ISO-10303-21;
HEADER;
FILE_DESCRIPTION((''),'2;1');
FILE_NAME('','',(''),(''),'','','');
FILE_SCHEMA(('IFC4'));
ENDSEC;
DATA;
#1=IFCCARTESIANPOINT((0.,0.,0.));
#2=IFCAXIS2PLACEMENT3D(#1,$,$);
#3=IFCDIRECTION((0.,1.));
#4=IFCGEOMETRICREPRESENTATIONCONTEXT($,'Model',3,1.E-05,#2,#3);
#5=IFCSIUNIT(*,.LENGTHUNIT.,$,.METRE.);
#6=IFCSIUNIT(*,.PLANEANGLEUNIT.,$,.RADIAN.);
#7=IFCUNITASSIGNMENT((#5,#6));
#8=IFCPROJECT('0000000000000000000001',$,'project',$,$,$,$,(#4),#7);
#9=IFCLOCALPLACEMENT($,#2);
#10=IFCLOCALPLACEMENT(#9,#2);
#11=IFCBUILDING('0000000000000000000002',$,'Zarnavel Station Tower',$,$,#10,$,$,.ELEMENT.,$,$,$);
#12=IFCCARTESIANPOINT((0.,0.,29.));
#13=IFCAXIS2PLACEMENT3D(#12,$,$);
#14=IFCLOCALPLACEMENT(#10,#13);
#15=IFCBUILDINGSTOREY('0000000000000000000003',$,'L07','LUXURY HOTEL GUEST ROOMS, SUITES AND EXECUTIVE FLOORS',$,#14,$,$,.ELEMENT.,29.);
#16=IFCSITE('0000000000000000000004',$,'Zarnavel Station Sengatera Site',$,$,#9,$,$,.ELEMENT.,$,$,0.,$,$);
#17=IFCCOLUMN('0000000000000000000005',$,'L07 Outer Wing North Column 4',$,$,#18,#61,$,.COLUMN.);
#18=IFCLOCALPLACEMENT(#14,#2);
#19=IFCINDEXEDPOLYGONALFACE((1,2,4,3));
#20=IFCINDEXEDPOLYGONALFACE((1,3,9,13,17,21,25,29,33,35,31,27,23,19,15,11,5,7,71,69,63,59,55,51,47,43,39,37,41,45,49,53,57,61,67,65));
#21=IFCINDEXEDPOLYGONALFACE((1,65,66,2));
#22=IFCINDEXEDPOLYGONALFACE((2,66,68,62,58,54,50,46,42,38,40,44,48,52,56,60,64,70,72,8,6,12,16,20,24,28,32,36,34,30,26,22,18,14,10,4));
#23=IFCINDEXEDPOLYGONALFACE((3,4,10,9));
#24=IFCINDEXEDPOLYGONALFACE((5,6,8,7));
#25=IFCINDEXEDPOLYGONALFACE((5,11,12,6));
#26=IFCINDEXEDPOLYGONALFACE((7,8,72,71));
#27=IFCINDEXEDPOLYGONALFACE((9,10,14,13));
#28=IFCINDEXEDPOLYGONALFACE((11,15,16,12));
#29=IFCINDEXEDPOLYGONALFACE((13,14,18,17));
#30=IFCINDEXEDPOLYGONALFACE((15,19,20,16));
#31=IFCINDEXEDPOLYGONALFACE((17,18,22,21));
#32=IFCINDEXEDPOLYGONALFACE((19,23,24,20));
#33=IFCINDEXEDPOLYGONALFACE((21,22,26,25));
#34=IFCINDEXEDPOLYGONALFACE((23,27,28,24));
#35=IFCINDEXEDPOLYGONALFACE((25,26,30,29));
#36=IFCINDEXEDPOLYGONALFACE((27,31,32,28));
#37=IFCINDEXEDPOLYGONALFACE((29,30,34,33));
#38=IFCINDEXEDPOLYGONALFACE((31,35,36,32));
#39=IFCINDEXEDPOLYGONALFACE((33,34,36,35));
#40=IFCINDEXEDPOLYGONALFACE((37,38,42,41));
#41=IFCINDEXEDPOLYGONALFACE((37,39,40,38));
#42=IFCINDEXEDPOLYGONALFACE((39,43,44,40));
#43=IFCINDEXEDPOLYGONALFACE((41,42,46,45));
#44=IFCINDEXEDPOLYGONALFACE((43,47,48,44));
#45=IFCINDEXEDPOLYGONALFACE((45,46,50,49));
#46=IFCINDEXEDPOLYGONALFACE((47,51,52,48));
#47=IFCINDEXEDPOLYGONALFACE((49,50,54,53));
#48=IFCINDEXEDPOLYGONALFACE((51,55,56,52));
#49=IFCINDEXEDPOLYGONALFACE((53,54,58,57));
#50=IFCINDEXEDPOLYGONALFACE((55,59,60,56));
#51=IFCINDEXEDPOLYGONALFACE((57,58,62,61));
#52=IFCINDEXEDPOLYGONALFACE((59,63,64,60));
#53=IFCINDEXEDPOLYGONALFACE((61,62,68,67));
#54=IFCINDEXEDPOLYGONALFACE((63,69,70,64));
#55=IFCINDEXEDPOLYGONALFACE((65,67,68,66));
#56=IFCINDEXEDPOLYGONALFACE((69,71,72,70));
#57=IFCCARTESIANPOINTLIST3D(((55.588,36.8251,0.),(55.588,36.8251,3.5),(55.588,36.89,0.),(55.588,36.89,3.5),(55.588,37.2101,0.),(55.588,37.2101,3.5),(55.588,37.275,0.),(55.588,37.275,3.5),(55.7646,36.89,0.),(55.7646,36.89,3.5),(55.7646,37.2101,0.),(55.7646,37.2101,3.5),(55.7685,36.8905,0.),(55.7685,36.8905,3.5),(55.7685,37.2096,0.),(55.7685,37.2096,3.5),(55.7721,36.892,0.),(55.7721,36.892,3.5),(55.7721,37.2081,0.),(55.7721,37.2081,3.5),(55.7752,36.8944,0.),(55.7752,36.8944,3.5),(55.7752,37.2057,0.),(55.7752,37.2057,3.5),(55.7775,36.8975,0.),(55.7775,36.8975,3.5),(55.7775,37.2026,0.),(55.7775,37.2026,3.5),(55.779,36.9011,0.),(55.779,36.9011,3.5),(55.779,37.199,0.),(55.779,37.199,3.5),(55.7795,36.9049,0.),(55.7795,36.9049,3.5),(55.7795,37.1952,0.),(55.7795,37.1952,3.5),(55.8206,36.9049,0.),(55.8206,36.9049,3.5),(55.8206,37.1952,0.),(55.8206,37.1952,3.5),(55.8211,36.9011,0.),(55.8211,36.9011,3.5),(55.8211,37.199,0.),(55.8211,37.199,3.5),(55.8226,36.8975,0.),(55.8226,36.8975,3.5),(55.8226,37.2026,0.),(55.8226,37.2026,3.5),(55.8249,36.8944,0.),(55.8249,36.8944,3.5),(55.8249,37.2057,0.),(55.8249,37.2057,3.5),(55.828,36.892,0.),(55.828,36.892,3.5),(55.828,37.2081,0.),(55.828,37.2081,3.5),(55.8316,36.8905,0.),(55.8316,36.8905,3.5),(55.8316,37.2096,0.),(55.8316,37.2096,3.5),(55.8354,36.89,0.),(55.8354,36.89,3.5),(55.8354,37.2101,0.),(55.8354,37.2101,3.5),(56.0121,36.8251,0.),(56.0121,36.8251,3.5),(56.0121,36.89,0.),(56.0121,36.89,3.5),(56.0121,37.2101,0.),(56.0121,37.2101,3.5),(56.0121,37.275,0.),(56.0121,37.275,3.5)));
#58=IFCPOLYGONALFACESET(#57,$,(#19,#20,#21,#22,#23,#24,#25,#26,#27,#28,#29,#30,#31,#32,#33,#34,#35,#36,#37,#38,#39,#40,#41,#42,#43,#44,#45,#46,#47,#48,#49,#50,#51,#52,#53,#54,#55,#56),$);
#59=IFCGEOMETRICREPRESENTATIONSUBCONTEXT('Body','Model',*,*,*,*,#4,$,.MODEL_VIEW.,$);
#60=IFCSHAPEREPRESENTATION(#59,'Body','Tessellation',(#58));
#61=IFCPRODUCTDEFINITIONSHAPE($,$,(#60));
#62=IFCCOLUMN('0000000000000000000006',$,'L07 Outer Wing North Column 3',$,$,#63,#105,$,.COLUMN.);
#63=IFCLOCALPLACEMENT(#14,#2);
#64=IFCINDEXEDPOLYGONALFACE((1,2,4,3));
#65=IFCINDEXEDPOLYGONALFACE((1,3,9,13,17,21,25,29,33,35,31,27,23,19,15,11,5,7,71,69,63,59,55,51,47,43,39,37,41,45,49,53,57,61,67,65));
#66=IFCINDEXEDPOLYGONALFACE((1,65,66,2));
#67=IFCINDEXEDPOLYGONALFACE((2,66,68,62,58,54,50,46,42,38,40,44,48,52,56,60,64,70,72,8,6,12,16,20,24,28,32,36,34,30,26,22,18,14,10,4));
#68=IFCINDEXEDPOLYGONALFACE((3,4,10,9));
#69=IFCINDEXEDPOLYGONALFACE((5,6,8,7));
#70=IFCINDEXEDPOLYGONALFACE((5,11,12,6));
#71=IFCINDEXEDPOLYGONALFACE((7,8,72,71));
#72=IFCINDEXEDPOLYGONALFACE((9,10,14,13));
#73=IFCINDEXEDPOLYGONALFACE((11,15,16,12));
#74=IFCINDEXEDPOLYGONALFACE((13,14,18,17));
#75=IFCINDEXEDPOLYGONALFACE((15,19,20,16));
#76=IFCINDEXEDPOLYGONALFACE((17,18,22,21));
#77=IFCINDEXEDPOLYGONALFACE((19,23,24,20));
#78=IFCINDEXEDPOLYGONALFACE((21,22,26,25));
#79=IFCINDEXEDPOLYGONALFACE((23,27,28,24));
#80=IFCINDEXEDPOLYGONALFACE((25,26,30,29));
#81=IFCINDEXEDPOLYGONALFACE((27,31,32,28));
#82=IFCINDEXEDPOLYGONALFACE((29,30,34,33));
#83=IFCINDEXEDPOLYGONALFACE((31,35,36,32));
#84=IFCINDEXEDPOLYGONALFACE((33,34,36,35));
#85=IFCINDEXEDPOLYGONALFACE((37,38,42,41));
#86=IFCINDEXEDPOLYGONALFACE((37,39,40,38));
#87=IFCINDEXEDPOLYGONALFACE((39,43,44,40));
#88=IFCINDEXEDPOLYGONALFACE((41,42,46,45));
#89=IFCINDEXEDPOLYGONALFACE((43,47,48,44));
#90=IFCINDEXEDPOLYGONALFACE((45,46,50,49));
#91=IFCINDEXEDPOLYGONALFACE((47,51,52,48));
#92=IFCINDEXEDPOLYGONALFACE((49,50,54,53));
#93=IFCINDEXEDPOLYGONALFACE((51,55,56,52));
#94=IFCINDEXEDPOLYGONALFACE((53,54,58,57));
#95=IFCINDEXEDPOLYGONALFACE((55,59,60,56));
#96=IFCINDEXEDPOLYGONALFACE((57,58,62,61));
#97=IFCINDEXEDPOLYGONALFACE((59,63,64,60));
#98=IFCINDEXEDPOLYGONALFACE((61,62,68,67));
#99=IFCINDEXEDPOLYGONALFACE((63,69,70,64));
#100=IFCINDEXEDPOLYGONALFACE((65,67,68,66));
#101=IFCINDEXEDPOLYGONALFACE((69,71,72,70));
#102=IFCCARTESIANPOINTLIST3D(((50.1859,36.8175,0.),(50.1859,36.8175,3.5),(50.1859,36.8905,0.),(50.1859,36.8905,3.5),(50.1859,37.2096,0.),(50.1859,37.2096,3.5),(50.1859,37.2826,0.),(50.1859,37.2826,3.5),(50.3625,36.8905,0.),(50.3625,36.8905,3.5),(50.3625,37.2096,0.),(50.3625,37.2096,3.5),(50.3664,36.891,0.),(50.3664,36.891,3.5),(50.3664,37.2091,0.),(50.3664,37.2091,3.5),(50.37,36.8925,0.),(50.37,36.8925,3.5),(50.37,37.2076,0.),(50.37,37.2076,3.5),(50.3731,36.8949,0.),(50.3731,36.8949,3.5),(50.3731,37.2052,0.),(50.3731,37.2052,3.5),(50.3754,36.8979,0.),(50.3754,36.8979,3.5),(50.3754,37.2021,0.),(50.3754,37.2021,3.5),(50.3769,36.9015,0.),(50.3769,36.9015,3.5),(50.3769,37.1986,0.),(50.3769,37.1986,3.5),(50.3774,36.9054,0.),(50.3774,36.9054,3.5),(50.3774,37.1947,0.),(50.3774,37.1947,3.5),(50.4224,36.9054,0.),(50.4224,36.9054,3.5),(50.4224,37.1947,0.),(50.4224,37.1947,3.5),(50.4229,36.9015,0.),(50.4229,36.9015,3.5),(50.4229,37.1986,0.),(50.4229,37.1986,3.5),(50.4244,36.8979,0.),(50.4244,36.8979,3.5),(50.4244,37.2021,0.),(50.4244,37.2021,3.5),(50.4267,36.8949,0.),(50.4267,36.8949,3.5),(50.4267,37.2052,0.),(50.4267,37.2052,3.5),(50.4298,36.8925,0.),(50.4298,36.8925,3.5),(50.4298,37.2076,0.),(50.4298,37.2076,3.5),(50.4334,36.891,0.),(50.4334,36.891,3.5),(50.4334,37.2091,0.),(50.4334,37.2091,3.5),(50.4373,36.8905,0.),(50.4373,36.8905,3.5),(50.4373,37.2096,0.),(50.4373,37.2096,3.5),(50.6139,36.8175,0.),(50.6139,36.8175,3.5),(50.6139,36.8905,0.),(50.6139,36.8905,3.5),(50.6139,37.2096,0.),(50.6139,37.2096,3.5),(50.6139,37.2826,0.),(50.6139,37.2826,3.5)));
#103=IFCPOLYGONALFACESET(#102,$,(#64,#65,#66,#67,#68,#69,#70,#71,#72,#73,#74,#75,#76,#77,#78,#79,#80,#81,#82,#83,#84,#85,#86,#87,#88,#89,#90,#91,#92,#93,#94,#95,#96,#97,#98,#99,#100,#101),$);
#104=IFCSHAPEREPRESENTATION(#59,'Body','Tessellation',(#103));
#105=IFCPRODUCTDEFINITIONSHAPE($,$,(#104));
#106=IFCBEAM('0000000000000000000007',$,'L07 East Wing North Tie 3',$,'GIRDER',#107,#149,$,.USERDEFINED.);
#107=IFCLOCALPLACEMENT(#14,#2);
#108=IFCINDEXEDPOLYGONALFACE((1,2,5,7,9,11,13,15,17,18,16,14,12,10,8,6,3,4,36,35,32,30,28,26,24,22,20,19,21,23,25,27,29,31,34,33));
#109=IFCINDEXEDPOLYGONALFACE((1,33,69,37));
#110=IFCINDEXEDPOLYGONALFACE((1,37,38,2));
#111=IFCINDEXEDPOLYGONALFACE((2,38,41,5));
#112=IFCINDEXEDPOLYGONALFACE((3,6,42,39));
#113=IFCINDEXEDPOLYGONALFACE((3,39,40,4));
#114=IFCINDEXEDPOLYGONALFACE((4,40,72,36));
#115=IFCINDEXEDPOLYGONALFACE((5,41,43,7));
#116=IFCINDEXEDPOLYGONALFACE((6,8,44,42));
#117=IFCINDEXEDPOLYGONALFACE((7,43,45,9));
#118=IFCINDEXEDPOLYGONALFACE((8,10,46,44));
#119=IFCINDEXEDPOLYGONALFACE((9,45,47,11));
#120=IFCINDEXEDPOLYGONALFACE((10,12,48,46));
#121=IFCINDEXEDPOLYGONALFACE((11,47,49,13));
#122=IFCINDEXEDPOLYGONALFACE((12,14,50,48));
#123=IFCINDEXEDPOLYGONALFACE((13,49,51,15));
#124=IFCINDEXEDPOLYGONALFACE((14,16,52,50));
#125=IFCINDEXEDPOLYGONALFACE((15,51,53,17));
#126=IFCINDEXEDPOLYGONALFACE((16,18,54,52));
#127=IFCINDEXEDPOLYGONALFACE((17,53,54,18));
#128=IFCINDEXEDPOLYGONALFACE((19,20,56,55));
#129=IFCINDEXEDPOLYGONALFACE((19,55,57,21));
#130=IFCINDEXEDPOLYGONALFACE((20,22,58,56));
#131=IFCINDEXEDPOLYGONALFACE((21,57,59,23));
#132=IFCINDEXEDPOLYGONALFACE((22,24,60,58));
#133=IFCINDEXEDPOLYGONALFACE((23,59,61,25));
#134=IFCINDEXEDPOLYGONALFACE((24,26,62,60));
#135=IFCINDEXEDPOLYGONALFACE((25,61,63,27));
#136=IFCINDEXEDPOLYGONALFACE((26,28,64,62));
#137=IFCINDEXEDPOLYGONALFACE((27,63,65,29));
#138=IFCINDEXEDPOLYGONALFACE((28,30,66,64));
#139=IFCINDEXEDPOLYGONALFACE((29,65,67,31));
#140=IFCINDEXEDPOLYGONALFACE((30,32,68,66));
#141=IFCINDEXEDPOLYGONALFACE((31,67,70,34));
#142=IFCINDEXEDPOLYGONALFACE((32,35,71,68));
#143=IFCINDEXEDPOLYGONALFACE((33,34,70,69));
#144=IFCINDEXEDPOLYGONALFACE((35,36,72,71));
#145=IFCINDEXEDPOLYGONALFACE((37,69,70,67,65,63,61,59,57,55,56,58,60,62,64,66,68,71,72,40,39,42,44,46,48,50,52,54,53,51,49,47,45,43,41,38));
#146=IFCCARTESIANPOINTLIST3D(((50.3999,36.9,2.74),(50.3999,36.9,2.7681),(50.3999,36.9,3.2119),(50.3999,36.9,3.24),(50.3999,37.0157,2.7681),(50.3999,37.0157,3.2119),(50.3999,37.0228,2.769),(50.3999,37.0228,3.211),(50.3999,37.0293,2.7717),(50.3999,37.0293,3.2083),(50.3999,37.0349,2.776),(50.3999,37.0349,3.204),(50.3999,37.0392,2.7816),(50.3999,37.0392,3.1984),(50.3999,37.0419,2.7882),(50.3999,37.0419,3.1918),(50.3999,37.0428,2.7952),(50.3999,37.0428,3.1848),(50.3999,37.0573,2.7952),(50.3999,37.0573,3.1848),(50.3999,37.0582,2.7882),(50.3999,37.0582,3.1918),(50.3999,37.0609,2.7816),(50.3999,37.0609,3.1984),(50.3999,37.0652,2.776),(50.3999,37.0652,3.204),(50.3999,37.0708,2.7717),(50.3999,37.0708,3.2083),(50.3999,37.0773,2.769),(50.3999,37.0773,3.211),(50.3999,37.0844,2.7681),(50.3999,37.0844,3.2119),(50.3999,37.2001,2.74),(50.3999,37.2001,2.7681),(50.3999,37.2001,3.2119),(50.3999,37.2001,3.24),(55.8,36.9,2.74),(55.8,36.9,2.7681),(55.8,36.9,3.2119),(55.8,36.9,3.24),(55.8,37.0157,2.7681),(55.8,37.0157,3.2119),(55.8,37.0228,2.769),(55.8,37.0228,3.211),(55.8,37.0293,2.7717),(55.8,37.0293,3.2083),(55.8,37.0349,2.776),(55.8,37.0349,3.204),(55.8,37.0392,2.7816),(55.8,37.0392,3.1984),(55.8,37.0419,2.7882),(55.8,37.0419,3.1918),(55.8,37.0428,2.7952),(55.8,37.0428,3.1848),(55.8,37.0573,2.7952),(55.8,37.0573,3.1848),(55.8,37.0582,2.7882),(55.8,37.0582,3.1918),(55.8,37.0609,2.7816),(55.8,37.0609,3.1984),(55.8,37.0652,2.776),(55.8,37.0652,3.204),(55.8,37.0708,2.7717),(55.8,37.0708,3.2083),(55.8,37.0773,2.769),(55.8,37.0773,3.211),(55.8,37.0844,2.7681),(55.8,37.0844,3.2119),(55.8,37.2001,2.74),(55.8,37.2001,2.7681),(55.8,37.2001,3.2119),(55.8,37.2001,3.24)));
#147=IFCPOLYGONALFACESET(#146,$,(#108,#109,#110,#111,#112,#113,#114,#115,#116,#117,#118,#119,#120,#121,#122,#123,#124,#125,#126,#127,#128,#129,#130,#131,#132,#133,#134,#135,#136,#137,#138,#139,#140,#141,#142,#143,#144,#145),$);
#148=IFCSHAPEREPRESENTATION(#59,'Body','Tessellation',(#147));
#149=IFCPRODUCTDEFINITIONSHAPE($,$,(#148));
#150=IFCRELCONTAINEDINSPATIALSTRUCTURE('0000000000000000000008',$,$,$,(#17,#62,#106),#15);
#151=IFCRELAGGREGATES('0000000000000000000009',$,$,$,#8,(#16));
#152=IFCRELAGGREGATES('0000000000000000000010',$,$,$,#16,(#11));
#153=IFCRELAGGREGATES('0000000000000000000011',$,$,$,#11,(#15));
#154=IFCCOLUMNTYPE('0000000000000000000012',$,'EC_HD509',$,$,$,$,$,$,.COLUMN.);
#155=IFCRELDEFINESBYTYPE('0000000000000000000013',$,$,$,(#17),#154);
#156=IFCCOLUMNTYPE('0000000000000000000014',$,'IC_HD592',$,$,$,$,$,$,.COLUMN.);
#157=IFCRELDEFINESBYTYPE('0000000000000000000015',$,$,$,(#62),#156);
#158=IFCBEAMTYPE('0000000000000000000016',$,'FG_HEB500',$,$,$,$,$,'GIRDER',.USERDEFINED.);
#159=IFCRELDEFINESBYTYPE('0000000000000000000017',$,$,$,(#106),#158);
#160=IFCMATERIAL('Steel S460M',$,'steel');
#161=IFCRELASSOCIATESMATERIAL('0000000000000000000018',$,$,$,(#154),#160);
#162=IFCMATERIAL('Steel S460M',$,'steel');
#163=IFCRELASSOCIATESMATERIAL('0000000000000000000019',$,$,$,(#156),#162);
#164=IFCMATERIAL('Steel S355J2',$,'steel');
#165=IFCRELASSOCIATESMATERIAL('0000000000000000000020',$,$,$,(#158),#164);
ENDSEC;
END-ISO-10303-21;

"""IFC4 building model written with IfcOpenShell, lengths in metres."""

from ifc_helpers import new_model, si_unit, direction, frame, origin, origin_2d, place, context, subcontext, project, spatial, i_section, extrude, material, material_profile, profile_set, type_object, element, save


model = new_model("IFC4")

# Units and contexts
model_context = context("Model", 3, precision=1e-05, world=origin(), true_north=direction((0.0, 1.0)))
body_context = subcontext(model_context, "Body", "Model", "MODEL_VIEW")
ifc_project = project(units=[si_unit("LENGTHUNIT", "METRE"), si_unit("PLANEANGLEUNIT", "RADIAN")], contexts=[model_context])

# Site, building, storey
site_placement = place(None, origin())
site = spatial("IfcSite", under=ifc_project, at=site_placement, Name="Zarnavel Station Sengatera Site", CompositionType="ELEMENT", RefElevation=0.0)
building_placement = place(site_placement, origin())
building = spatial("IfcBuilding", under=site, at=building_placement, Name="Zarnavel Station Tower", CompositionType="ELEMENT")
storey_placement = place(building_placement, frame((0.0, 0.0, 29.0)))
storey = spatial("IfcBuildingStorey", under=building, at=storey_placement, Name="L07", Description="LUXURY HOTEL GUEST ROOMS, SUITES AND EXECUTIVE FLOORS", CompositionType="ELEMENT", Elevation=29.0)

# Columns
ifc_material_1 = material(Name="Steel S460M", Category="steel")
ifc_material_profile_1 = material_profile(ifc_material_1, i_section(OverallWidth=0.4241, OverallDepth=0.45, WebThickness=0.041, FlangeThickness=0.0649, FilletRadius=0.0149, at=origin_2d()), Name="HD400x509")
ifc_profile_set_1 = profile_set([ifc_material_profile_1], Name="Steel S460M")
column_type_1 = type_object("IfcColumnType", Name="EC_HD509", PredefinedType="COLUMN", material=ifc_profile_set_1)
column_1_placement = place(storey_placement, frame((55.8, 37.05, 0.0), z_axis=(0.0, 0.0, 1.0), x_axis=(1.0, 0.0, 0.0)))
element("IfcColumn", 1, at=column_1_placement, inside=storey, type_object=column_type_1, Name="L07 Outer Wing North Column 4", PredefinedType="COLUMN", context=body_context, shape_type="SweptSolid", body=[
    extrude(i_section(OverallWidth=0.4241, OverallDepth=0.45, WebThickness=0.041, FlangeThickness=0.0649, FilletRadius=0.0149, at=origin_2d()), origin(), (0.0, 0.0, 1.0), 3.5),
])
ifc_material_2 = material(Name="Steel S460M", Category="steel")
ifc_material_profile_2 = material_profile(ifc_material_2, i_section(OverallWidth=0.428, OverallDepth=0.4651, WebThickness=0.0449, FlangeThickness=0.073, FilletRadius=0.0149, at=origin_2d()), Name="HD400x592")
ifc_profile_set_2 = profile_set([ifc_material_profile_2], Name="Steel S460M")
column_type_2 = type_object("IfcColumnType", Name="IC_HD592", PredefinedType="COLUMN", material=ifc_profile_set_2)
column_2_placement = place(storey_placement, frame((50.3999, 37.05, 0.0), z_axis=(0.0, 0.0, 1.0), x_axis=(1.0, 0.0, 0.0)))
element("IfcColumn", 2, at=column_2_placement, inside=storey, type_object=column_type_2, Name="L07 Outer Wing North Column 3", PredefinedType="COLUMN", context=body_context, shape_type="SweptSolid", body=[
    extrude(i_section(OverallWidth=0.428, OverallDepth=0.4651, WebThickness=0.0449, FlangeThickness=0.073, FilletRadius=0.0149, at=origin_2d()), origin(), (0.0, 0.0, 1.0), 3.5),
])

# Beam
ifc_material_3 = material(Name="Steel S355J2", Category="steel")
ifc_material_profile_3 = material_profile(ifc_material_3, i_section(OverallWidth=0.3, OverallDepth=0.5, WebThickness=0.0144, FlangeThickness=0.0281, FilletRadius=0.0271, at=origin_2d()), Name="HEB500")
ifc_profile_set_3 = profile_set([ifc_material_profile_3], Name="Steel S355J2")
beam_type = type_object("IfcBeamType", Name="FG_HEB500", ElementType="GIRDER", PredefinedType="USERDEFINED", material=ifc_profile_set_3)
beam_placement = place(storey_placement, frame((50.3999, 37.05, 2.99), z_axis=(1.0, 0.0, 0.0), x_axis=(0.0, 1.0, 0.0)))
element("IfcBeam", 3, at=beam_placement, inside=storey, type_object=beam_type, Name="L07 East Wing North Tie 3", ObjectType="GIRDER", PredefinedType="USERDEFINED", context=body_context, shape_type="SweptSolid", body=[
    extrude(i_section(OverallWidth=0.3, OverallDepth=0.5, WebThickness=0.0144, FlangeThickness=0.0281, FilletRadius=0.0271, at=origin_2d()), origin(), (0.0, 0.0, 1.0), 5.4001),
])

save(model, "model.ifc")
